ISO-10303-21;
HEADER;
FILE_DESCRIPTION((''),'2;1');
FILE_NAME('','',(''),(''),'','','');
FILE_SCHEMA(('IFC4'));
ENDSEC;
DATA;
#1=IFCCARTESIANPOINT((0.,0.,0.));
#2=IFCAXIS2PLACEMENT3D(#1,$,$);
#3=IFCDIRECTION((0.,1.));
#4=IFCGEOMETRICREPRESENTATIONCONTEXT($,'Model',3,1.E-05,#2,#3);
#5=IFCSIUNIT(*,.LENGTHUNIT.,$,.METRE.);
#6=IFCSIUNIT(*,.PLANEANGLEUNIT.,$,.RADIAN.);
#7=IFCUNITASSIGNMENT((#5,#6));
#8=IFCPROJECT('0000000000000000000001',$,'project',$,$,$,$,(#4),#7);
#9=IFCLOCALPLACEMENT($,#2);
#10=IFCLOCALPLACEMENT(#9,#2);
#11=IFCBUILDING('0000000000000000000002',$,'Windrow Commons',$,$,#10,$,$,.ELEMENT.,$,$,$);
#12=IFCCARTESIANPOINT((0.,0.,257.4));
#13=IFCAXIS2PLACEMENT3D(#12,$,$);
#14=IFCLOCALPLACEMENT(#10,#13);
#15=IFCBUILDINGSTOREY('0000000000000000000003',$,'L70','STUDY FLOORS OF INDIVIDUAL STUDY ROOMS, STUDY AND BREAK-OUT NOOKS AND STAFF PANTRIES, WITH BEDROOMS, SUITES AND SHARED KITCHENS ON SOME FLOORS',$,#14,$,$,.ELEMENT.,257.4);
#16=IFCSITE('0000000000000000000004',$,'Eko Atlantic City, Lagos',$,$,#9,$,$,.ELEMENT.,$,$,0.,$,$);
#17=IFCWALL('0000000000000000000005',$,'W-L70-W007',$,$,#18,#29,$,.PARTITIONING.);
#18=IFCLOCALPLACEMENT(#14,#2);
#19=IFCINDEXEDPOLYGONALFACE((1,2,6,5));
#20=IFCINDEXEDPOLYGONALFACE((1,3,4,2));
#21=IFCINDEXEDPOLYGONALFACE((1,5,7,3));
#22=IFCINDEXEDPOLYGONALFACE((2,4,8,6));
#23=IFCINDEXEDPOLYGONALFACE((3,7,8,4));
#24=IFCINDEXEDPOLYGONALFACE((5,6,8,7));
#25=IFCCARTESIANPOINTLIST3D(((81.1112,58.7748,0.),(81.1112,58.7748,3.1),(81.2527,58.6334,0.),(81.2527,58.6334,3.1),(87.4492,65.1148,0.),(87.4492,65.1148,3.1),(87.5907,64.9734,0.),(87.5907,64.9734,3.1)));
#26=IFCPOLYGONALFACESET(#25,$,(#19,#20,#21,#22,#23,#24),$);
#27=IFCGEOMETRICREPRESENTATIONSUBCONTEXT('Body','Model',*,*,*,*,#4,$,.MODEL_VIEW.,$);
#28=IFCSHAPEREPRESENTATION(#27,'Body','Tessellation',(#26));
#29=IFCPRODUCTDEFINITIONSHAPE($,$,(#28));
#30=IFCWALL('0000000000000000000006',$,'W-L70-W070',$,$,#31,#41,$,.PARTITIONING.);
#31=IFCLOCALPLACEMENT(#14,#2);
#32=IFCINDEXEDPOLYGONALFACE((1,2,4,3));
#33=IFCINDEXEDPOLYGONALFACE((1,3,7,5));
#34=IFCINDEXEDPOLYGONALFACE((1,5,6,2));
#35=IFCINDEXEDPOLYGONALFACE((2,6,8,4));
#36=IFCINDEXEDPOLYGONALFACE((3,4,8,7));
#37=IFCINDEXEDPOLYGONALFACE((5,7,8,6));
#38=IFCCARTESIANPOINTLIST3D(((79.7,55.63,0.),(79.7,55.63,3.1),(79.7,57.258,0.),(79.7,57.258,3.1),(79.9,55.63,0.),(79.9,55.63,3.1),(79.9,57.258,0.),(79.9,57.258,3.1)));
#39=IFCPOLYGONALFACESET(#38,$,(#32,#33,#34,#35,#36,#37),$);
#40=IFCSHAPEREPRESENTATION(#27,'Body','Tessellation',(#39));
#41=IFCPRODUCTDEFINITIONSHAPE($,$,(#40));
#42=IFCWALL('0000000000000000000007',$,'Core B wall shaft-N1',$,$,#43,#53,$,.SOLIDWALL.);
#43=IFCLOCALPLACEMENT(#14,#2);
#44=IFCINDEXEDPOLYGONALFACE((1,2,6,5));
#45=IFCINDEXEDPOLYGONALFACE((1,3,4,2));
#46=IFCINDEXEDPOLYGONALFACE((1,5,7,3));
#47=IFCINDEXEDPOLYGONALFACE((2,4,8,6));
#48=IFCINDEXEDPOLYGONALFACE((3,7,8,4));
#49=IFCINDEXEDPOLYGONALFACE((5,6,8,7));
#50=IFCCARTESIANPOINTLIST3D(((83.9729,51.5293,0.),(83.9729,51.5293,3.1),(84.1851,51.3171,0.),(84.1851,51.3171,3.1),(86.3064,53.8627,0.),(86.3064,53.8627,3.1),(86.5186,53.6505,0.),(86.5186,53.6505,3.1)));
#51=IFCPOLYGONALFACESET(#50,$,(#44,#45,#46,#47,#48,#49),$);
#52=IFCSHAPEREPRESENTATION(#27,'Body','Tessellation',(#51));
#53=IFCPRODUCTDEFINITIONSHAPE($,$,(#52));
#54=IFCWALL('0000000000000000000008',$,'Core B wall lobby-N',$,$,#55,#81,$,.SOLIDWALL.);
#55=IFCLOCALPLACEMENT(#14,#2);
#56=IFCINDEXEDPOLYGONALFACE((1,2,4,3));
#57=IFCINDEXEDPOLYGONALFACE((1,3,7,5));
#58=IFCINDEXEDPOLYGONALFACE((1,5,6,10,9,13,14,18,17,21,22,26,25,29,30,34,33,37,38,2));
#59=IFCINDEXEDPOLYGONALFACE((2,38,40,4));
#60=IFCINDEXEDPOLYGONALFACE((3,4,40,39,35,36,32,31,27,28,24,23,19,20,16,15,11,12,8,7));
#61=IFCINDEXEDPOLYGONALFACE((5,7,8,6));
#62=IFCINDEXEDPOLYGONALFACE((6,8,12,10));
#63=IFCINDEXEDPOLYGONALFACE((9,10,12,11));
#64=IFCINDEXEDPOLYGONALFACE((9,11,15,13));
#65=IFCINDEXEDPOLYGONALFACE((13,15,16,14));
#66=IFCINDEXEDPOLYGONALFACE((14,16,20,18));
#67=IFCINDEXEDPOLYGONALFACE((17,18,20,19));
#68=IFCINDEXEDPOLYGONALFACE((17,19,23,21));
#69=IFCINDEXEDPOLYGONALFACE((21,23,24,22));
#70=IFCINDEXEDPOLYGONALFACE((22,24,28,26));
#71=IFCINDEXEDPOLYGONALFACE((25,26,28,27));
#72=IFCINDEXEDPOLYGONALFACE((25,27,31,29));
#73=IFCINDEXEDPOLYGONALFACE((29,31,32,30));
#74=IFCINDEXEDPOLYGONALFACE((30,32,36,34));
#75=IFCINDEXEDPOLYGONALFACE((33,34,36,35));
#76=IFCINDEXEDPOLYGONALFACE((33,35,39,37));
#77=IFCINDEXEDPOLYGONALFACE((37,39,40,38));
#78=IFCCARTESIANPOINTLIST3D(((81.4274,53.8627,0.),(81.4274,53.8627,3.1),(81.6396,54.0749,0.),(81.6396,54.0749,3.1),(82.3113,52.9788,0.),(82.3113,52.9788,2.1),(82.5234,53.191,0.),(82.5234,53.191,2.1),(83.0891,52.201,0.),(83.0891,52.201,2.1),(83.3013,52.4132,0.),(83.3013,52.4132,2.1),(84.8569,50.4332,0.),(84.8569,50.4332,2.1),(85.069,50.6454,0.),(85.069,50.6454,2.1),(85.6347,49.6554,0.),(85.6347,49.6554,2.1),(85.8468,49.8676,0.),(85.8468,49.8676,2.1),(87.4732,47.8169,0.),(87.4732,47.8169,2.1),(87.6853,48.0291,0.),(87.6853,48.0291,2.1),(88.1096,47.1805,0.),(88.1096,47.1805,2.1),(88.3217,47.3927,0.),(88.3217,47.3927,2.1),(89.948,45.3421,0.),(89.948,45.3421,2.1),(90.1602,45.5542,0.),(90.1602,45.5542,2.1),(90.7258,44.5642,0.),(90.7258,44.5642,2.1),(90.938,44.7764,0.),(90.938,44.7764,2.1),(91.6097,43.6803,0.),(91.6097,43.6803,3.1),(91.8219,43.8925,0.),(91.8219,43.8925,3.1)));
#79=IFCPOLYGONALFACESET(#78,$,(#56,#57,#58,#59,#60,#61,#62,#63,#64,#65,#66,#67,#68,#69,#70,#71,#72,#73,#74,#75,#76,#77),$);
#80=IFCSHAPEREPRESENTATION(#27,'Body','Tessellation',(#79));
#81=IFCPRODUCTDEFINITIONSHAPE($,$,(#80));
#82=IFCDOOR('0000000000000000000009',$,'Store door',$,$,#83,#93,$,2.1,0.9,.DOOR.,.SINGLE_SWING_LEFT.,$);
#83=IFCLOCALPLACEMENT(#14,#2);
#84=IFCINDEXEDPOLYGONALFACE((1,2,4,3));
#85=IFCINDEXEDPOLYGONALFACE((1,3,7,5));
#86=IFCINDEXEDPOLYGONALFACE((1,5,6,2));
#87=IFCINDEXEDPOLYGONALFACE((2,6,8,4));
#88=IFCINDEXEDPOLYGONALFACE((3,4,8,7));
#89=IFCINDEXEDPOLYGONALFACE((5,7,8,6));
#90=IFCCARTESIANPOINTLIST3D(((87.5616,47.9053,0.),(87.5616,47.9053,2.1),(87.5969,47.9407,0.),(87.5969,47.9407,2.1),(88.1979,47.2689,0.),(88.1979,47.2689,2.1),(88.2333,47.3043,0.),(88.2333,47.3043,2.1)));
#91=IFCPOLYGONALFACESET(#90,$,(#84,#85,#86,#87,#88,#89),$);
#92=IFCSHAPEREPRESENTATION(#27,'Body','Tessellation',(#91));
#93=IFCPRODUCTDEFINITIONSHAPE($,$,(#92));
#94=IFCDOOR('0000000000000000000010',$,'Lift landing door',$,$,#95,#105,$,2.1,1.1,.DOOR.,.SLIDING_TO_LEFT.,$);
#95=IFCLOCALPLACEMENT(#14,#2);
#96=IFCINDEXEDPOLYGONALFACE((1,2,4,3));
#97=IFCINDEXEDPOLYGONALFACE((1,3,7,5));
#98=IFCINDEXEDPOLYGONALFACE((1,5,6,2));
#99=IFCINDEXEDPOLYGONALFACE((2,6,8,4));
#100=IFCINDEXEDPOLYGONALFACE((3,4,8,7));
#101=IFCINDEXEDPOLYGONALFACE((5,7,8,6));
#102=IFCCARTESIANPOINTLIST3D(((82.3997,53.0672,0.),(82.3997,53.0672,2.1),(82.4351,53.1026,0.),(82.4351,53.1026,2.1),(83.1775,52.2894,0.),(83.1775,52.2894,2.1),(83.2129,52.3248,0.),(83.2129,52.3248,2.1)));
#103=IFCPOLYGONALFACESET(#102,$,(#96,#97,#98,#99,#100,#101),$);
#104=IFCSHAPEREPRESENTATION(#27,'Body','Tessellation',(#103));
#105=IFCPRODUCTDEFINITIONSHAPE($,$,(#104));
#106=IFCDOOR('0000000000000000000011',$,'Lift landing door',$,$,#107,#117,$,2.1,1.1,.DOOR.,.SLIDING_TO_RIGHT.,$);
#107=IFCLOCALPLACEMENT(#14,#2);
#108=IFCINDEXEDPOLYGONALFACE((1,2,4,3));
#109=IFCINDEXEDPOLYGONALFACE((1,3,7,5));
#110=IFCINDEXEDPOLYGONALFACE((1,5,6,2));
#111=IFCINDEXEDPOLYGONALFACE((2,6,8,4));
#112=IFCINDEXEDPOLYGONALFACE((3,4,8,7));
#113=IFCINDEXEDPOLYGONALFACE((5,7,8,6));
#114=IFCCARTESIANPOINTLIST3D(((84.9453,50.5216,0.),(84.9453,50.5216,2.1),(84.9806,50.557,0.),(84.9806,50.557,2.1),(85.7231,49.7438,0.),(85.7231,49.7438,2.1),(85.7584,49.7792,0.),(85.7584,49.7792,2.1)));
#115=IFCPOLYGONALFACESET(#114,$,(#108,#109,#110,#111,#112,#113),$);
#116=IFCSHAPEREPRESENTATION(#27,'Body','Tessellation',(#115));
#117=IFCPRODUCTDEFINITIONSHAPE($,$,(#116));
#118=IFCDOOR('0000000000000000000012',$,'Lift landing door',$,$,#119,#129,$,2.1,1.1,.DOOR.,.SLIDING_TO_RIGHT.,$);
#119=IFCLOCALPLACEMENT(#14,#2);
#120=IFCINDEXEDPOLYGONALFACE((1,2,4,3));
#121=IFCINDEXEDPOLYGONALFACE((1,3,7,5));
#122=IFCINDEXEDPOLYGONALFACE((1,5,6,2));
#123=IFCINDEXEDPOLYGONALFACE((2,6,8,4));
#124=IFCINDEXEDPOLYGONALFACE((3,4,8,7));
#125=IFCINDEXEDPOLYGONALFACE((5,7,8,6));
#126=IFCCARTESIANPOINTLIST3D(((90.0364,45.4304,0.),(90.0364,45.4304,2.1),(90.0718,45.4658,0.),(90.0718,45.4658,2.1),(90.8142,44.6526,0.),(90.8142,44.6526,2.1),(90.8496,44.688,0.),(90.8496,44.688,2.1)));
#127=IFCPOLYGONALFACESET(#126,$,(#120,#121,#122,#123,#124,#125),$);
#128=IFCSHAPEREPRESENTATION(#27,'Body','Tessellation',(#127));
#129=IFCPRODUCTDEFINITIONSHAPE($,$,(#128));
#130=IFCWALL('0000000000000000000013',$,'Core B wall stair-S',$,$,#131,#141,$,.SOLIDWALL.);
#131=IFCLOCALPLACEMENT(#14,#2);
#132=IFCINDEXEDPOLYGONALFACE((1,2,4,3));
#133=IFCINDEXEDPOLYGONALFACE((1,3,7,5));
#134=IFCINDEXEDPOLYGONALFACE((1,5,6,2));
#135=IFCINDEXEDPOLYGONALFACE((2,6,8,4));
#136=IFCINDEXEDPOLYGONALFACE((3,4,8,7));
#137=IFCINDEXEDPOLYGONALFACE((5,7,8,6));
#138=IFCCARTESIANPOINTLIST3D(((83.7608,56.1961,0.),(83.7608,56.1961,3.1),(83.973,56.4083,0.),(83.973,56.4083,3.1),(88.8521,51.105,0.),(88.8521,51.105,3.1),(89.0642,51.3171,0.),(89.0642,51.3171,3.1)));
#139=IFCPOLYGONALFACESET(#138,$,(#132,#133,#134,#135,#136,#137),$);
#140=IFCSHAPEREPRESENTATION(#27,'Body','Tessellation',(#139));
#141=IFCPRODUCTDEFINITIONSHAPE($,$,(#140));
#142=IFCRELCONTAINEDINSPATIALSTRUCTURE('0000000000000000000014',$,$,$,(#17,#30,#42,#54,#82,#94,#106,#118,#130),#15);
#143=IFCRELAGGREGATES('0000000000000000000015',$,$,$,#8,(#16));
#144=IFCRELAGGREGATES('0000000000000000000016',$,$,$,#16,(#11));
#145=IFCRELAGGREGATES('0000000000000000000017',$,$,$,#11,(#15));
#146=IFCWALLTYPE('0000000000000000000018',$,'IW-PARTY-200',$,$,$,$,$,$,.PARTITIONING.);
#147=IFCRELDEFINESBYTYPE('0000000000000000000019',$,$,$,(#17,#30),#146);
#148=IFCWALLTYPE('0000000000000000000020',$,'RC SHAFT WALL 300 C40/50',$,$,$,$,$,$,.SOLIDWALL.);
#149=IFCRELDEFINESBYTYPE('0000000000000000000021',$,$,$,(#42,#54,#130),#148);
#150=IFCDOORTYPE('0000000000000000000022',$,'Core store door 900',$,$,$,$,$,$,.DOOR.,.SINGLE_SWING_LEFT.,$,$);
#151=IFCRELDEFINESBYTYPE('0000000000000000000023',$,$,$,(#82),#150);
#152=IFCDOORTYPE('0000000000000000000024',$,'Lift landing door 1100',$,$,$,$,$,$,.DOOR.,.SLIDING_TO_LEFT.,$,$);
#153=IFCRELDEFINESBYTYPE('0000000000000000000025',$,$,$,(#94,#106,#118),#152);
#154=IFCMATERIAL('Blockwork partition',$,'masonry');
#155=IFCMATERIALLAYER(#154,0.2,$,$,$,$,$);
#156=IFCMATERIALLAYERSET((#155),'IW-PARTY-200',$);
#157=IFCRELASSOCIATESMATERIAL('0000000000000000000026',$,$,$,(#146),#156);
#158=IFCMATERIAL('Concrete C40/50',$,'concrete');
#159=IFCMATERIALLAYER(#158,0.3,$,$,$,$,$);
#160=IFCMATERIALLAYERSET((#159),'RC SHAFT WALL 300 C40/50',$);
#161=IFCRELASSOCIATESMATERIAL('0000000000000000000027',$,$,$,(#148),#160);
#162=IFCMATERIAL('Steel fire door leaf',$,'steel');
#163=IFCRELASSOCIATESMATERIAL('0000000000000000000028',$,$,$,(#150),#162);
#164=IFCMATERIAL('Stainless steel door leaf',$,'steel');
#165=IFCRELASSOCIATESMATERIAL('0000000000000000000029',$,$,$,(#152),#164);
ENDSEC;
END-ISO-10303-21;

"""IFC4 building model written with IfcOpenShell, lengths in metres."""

from ifc_helpers import new_model, si_unit, direction, frame, frame_2d, origin, place, context, subcontext, project, spatial, rectangle, extrude, material, layer, layer_set, type_object, element, fill, save


model = new_model("IFC4")

# Units and contexts
model_context = context("Model", 3, precision=1e-05, world=origin(), true_north=direction((0.0, 1.0)))
body_context = subcontext(model_context, "Body", "Model", "MODEL_VIEW")
ifc_project = project(units=[si_unit("LENGTHUNIT", "METRE"), si_unit("PLANEANGLEUNIT", "RADIAN")], contexts=[model_context])

# Site, building, storey
site_placement = place(None, origin())
site = spatial("IfcSite", under=ifc_project, at=site_placement, Name="Eko Atlantic City, Lagos", CompositionType="ELEMENT", RefElevation=0.0)
building_placement = place(site_placement, origin())
building = spatial("IfcBuilding", under=site, at=building_placement, Name="Windrow Commons", CompositionType="ELEMENT")
storey_placement = place(building_placement, frame((0.0, 0.0, 257.4)))
storey = spatial("IfcBuildingStorey", under=building, at=storey_placement, Name="L70", Description="STUDY FLOORS OF INDIVIDUAL STUDY ROOMS, STUDY AND BREAK-OUT NOOKS AND STAFF PANTRIES, WITH BEDROOMS, SUITES AND SHARED KITCHENS ON SOME FLOORS", CompositionType="ELEMENT", Elevation=257.4)

# Walls
ifc_material_1 = material(Name="Blockwork partition", Category="masonry")
ifc_layer_1 = layer(ifc_material_1, 0.2)
ifc_layer_set_1 = layer_set([ifc_layer_1], Name="IW-PARTY-200")
wall_type_1 = type_object("IfcWallType", Name="IW-PARTY-200", PredefinedType="PARTITIONING", material=ifc_layer_set_1)
wall_1_placement = place(storey_placement, frame((81.1819, 58.7041, 0.0), z_axis=(0.0, 0.0, 1.0), x_axis=(0.706995, 0.707218, 0.0)))
element("IfcWall", 1, at=wall_1_placement, inside=storey, type_object=wall_type_1, Name="W-L70-W007", PredefinedType="PARTITIONING", context=body_context, shape_type="SweptSolid", body=[
    extrude(rectangle(XDim=8.9647, YDim=0.2, at=frame_2d((4.4824, 0.0))), origin(), (0.0, 0.0, 1.0), 3.1),
])
wall_2_placement = place(storey_placement, frame((79.8, 55.63, 0.0), z_axis=(0.0, 0.0, 1.0), x_axis=(0.0, 1.0, 0.0)))
element("IfcWall", 2, at=wall_2_placement, inside=storey, type_object=wall_type_1, Name="W-L70-W070", PredefinedType="PARTITIONING", context=body_context, shape_type="SweptSolid", body=[
    extrude(rectangle(XDim=1.628, YDim=0.2, at=frame_2d((0.814, 0.0))), origin(), (0.0, 0.0, 1.0), 3.1),
])
ifc_material_2 = material(Name="Concrete C40/50", Category="concrete")
ifc_layer_2 = layer(ifc_material_2, 0.3)
ifc_layer_set_2 = layer_set([ifc_layer_2], Name="RC SHAFT WALL 300 C40/50")
wall_type_2 = type_object("IfcWallType", Name="RC SHAFT WALL 300 C40/50", PredefinedType="SOLIDWALL", material=ifc_layer_set_2)
wall_3_placement = place(storey_placement, frame((84.079, 51.4232, 0.0), z_axis=(0.0, 0.0, 1.0), x_axis=(0.707122, 0.707092, 0.0)))
element("IfcWall", 3, at=wall_3_placement, inside=storey, type_object=wall_type_2, Name="Core B wall shaft-N1", PredefinedType="SOLIDWALL", context=body_context, shape_type="SweptSolid", body=[
    extrude(rectangle(XDim=3.3, YDim=0.3, at=frame_2d((1.65, 0.0))), origin(), (0.0, 0.0, 1.0), 3.1),
])

# Wall, openings, doors
wall_4_placement = place(storey_placement, frame((81.5335, 53.9688, 0.0), z_axis=(0.0, 0.0, 1.0), x_axis=(0.707103, -0.70711, 0.0)))
wall_4 = element("IfcWall", 4, at=wall_4_placement, inside=storey, type_object=wall_type_2, Name="Core B wall lobby-N", PredefinedType="SOLIDWALL", context=body_context, shape_type="SweptSolid", body=[
    extrude(rectangle(XDim=14.4, YDim=0.3, at=frame_2d((7.2, 0.0))), origin(), (0.0, 0.0, 1.0), 3.1),
])
opening_1_placement = place(wall_4_placement, frame((8.55, 0.0, 0.0)))
opening_1 = element("IfcOpeningElement", 5, at=opening_1_placement, cuts=wall_4, PredefinedType="OPENING", context=body_context, shape_type="SweptSolid", body=[
    extrude(rectangle(XDim=0.9, YDim=2.1, at=frame_2d((0.45, 1.05))), frame((0.0, 0.16, 0.0), z_axis=(0.0, -1.0, 0.0), x_axis=(1.0, 0.0, 0.0)), (0.0, 0.0, 1.0), 0.32),
])
opening_2_placement = place(wall_4_placement, frame((1.25, 0.0, 0.0)))
opening_2 = element("IfcOpeningElement", 6, at=opening_2_placement, cuts=wall_4, PredefinedType="OPENING", context=body_context, shape_type="SweptSolid", body=[
    extrude(rectangle(XDim=1.1, YDim=2.1, at=frame_2d((0.55, 1.05))), frame((0.0, 0.16, 0.0), z_axis=(0.0, -1.0, 0.0), x_axis=(1.0, 0.0, 0.0)), (0.0, 0.0, 1.0), 0.32),
])
opening_3_placement = place(wall_4_placement, frame((4.85, 0.0, 0.0)))
opening_3 = element("IfcOpeningElement", 7, at=opening_3_placement, cuts=wall_4, PredefinedType="OPENING", context=body_context, shape_type="SweptSolid", body=[
    extrude(rectangle(XDim=1.1, YDim=2.1, at=frame_2d((0.55, 1.05))), frame((0.0, 0.16, 0.0), z_axis=(0.0, -1.0, 0.0), x_axis=(1.0, 0.0, 0.0)), (0.0, 0.0, 1.0), 0.32),
])
opening_4_placement = place(wall_4_placement, frame((12.05, 0.0, 0.0)))
opening_4 = element("IfcOpeningElement", 8, at=opening_4_placement, cuts=wall_4, PredefinedType="OPENING", context=body_context, shape_type="SweptSolid", body=[
    extrude(rectangle(XDim=1.1, YDim=2.1, at=frame_2d((0.55, 1.05))), frame((0.0, 0.16, 0.0), z_axis=(0.0, -1.0, 0.0), x_axis=(1.0, 0.0, 0.0)), (0.0, 0.0, 1.0), 0.32),
])
ifc_material_3 = material(Name="Steel fire door leaf", Category="steel")
door_type_1 = type_object("IfcDoorType", Name="Core store door 900", OperationType="SINGLE_SWING_LEFT", PredefinedType="DOOR", material=ifc_material_3)
door_1_placement = place(opening_1_placement, origin())
door_1 = element("IfcDoor", 9, at=door_1_placement, inside=storey, type_object=door_type_1, Name="Store door", OperationType="SINGLE_SWING_LEFT", OverallHeight=2.1, OverallWidth=0.9, PredefinedType="DOOR", context=body_context, shape_type="SweptSolid", body=[
    extrude(rectangle(XDim=0.9, YDim=2.1, at=frame_2d((0.45, 1.05))), frame((0.0, 0.025, 0.0), z_axis=(0.0, -1.0, 0.0), x_axis=(1.0, 0.0, 0.0)), (0.0, 0.0, 1.0), 0.05),
])
fill(opening_1, door_1)
ifc_material_4 = material(Name="Stainless steel door leaf", Category="steel")
door_type_2 = type_object("IfcDoorType", Name="Lift landing door 1100", OperationType="SLIDING_TO_LEFT", PredefinedType="DOOR", material=ifc_material_4)
door_2_placement = place(opening_2_placement, origin())
door_2 = element("IfcDoor", 10, at=door_2_placement, inside=storey, type_object=door_type_2, Name="Lift landing door", OperationType="SLIDING_TO_LEFT", OverallHeight=2.1, OverallWidth=1.1, PredefinedType="DOOR", context=body_context, shape_type="SweptSolid", body=[
    extrude(rectangle(XDim=1.1, YDim=2.1, at=frame_2d((0.55, 1.05))), frame((0.0, 0.025, 0.0), z_axis=(0.0, -1.0, 0.0), x_axis=(1.0, 0.0, 0.0)), (0.0, 0.0, 1.0), 0.05),
])
fill(opening_2, door_2)
door_3_placement = place(opening_3_placement, origin())
door_3 = element("IfcDoor", 11, at=door_3_placement, inside=storey, type_object=door_type_2, Name="Lift landing door", OperationType="SLIDING_TO_RIGHT", OverallHeight=2.1, OverallWidth=1.1, PredefinedType="DOOR", context=body_context, shape_type="SweptSolid", body=[
    extrude(rectangle(XDim=1.1, YDim=2.1, at=frame_2d((0.55, 1.05))), frame((0.0, 0.025, 0.0), z_axis=(0.0, -1.0, 0.0), x_axis=(1.0, 0.0, 0.0)), (0.0, 0.0, 1.0), 0.05),
])
fill(opening_3, door_3)
door_4_placement = place(opening_4_placement, origin())
door_4 = element("IfcDoor", 12, at=door_4_placement, inside=storey, type_object=door_type_2, Name="Lift landing door", OperationType="SLIDING_TO_RIGHT", OverallHeight=2.1, OverallWidth=1.1, PredefinedType="DOOR", context=body_context, shape_type="SweptSolid", body=[
    extrude(rectangle(XDim=1.1, YDim=2.1, at=frame_2d((0.55, 1.05))), frame((0.0, 0.025, 0.0), z_axis=(0.0, -1.0, 0.0), x_axis=(1.0, 0.0, 0.0)), (0.0, 0.0, 1.0), 0.05),
])
fill(opening_4, door_4)

# Wall
wall_5_placement = place(storey_placement, frame((83.8669, 56.3022, 0.0), z_axis=(0.0, 0.0, 1.0), x_axis=(0.707114, -0.7071, 0.0)))
element("IfcWall", 13, at=wall_5_placement, inside=storey, type_object=wall_type_2, Name="Core B wall stair-S", PredefinedType="SOLIDWALL", context=body_context, shape_type="SweptSolid", body=[
    extrude(rectangle(XDim=7.2, YDim=0.3, at=frame_2d((3.6, 0.0))), origin(), (0.0, 0.0, 1.0), 3.1),
])

save(model, "model.ifc")
